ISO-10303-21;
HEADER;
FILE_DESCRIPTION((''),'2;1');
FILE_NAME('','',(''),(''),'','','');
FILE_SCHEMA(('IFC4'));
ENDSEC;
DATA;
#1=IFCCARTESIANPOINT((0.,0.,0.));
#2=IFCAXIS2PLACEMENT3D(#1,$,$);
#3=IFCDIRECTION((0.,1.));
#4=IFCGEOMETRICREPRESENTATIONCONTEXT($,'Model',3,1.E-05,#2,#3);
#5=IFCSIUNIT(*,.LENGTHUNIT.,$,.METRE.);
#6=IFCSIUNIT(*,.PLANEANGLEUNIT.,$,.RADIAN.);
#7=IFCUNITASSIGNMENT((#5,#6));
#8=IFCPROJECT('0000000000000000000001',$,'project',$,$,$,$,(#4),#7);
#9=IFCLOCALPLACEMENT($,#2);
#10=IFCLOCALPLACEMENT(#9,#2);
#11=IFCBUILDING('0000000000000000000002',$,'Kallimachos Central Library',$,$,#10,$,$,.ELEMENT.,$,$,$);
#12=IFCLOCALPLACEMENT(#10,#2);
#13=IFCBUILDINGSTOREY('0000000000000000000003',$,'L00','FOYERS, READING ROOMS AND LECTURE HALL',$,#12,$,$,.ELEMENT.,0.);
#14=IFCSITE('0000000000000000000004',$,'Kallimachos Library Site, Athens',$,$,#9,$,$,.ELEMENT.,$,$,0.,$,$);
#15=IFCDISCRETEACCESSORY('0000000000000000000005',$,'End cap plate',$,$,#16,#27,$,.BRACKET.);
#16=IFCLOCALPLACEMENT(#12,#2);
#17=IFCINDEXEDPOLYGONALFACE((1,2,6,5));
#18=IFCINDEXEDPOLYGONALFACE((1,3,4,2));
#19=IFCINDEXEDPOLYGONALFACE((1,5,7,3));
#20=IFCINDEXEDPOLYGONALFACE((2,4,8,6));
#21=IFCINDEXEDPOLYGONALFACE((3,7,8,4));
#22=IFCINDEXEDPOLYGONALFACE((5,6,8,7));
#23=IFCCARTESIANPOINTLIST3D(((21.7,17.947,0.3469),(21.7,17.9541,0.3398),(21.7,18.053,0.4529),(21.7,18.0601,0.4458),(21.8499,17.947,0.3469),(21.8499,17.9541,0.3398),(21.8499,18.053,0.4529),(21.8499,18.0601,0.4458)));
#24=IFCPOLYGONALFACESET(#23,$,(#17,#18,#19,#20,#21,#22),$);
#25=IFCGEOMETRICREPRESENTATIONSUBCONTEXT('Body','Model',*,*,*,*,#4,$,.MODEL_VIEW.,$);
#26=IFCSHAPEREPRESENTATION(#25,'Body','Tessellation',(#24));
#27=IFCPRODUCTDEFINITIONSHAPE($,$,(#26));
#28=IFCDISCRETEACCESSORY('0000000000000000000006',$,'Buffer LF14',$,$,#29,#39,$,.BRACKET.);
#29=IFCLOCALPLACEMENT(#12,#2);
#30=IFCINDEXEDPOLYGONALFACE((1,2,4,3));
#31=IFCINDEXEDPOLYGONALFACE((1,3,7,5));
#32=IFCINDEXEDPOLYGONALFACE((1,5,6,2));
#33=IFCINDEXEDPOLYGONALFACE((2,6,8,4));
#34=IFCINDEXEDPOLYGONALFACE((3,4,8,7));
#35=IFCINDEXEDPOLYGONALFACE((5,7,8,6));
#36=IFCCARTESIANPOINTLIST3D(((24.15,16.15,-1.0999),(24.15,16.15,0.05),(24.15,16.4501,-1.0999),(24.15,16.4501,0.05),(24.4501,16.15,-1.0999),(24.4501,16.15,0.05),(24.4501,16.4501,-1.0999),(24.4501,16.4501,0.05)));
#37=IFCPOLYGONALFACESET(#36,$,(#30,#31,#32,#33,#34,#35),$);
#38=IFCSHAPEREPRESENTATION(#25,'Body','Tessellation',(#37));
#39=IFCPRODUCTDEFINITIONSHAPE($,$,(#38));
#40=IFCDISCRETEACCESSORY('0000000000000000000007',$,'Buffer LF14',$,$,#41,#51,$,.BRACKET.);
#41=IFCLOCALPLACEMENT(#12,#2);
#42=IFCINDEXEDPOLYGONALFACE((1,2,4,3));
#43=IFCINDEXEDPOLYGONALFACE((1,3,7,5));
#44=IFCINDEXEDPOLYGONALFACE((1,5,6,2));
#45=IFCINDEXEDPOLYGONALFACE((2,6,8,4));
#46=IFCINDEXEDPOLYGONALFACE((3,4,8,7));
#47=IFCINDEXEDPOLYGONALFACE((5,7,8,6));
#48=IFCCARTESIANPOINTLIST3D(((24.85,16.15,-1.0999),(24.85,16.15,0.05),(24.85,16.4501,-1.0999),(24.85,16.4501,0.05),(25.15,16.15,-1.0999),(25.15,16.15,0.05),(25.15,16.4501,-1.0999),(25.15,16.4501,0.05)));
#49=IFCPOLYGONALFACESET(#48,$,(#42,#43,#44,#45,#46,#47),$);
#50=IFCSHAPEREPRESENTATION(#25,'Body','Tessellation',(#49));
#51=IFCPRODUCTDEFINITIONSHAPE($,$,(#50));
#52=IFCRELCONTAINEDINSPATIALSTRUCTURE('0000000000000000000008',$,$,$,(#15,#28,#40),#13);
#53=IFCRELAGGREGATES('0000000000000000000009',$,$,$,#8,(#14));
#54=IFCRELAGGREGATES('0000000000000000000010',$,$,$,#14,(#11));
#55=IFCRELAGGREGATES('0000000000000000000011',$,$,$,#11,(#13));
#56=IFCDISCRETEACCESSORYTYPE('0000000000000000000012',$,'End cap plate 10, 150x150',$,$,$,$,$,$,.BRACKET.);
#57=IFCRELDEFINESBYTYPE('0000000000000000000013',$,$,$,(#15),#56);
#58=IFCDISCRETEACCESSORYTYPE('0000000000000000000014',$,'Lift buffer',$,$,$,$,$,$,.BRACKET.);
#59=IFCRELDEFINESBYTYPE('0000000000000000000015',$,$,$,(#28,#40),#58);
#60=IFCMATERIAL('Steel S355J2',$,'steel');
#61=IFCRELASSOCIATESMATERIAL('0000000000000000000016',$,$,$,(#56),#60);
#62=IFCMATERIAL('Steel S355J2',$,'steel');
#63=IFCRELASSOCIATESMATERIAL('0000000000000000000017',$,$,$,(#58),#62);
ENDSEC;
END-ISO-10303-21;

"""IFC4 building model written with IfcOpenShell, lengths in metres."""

from ifc_helpers import new_model, si_unit, direction, frame, origin, origin_2d, place, context, subcontext, project, spatial, rectangle, extrude, material, material_profile, profile_set, type_object, element, save


model = new_model("IFC4")

# Units and contexts
model_context = context("Model", 3, precision=1e-05, world=origin(), true_north=direction((0.0, 1.0)))
body_context = subcontext(model_context, "Body", "Model", "MODEL_VIEW")
ifc_project = project(units=[si_unit("LENGTHUNIT", "METRE"), si_unit("PLANEANGLEUNIT", "RADIAN")], contexts=[model_context])

# Site, building, storey
site_placement = place(None, origin())
site = spatial("IfcSite", under=ifc_project, at=site_placement, Name="Kallimachos Library Site, Athens", CompositionType="ELEMENT", RefElevation=0.0)
building_placement = place(site_placement, origin())
building = spatial("IfcBuilding", under=site, at=building_placement, Name="Kallimachos Central Library", CompositionType="ELEMENT")
storey_placement = place(building_placement, origin())
storey = spatial("IfcBuildingStorey", under=building, at=storey_placement, Name="L00", Description="FOYERS, READING ROOMS AND LECTURE HALL", CompositionType="ELEMENT", Elevation=0.0)

# Discrete accessories
ifc_material_1 = material(Name="Steel S355J2", Category="steel")
ifc_material_profile_1 = material_profile(ifc_material_1, rectangle(XDim=0.1499, YDim=0.1499, at=origin_2d()), Name="End cap plate 10, 150x150")
ifc_profile_set_1 = profile_set([ifc_material_profile_1], Name="Steel S355J2")
discrete_accessory_type_1 = type_object("IfcDiscreteAccessoryType", Name="End cap plate 10, 150x150", PredefinedType="BRACKET", material=ifc_profile_set_1)
for number, where, z_axis, x_axis, name in (
    (1, (21.7749, 18.0071, 0.3928), (0.0, -0.707107, 0.707107), (1.0, 0.0, 0.0), "End cap plate"),
):
    element("IfcDiscreteAccessory", number, at=place(storey_placement, frame(where, z_axis=z_axis, x_axis=x_axis)), inside=storey, type_object=discrete_accessory_type_1, Name=name, PredefinedType="BRACKET", context=body_context, shape_type="SweptSolid", body=[
        extrude(rectangle(XDim=0.1499, YDim=0.1499, at=origin_2d()), origin(), (0.0, 0.0, 1.0), 0.01),
    ])
ifc_material_2 = material(Name="Steel S355J2", Category="steel")
discrete_accessory_type_2 = type_object("IfcDiscreteAccessoryType", Name="Lift buffer", PredefinedType="BRACKET", material=ifc_material_2)
for number, where, z_axis, x_axis, name in (
    (2, (24.3, 16.3, -1.0999), (0.0, 0.0, 1.0), (1.0, 0.0, 0.0), "Buffer LF14"),
    (3, (25.0, 16.3, -1.0999), (0.0, 0.0, 1.0), (1.0, 0.0, 0.0), "Buffer LF14"),
):
    element("IfcDiscreteAccessory", number, at=place(storey_placement, frame(where, z_axis=z_axis, x_axis=x_axis)), inside=storey, type_object=discrete_accessory_type_2, Name=name, PredefinedType="BRACKET", context=body_context, shape_type="SweptSolid", body=[
        extrude(rectangle(XDim=0.3, YDim=0.3, at=origin_2d()), origin(), (0.0, 0.0, 1.0), 1.1499),
    ])

save(model, "model.ifc")
